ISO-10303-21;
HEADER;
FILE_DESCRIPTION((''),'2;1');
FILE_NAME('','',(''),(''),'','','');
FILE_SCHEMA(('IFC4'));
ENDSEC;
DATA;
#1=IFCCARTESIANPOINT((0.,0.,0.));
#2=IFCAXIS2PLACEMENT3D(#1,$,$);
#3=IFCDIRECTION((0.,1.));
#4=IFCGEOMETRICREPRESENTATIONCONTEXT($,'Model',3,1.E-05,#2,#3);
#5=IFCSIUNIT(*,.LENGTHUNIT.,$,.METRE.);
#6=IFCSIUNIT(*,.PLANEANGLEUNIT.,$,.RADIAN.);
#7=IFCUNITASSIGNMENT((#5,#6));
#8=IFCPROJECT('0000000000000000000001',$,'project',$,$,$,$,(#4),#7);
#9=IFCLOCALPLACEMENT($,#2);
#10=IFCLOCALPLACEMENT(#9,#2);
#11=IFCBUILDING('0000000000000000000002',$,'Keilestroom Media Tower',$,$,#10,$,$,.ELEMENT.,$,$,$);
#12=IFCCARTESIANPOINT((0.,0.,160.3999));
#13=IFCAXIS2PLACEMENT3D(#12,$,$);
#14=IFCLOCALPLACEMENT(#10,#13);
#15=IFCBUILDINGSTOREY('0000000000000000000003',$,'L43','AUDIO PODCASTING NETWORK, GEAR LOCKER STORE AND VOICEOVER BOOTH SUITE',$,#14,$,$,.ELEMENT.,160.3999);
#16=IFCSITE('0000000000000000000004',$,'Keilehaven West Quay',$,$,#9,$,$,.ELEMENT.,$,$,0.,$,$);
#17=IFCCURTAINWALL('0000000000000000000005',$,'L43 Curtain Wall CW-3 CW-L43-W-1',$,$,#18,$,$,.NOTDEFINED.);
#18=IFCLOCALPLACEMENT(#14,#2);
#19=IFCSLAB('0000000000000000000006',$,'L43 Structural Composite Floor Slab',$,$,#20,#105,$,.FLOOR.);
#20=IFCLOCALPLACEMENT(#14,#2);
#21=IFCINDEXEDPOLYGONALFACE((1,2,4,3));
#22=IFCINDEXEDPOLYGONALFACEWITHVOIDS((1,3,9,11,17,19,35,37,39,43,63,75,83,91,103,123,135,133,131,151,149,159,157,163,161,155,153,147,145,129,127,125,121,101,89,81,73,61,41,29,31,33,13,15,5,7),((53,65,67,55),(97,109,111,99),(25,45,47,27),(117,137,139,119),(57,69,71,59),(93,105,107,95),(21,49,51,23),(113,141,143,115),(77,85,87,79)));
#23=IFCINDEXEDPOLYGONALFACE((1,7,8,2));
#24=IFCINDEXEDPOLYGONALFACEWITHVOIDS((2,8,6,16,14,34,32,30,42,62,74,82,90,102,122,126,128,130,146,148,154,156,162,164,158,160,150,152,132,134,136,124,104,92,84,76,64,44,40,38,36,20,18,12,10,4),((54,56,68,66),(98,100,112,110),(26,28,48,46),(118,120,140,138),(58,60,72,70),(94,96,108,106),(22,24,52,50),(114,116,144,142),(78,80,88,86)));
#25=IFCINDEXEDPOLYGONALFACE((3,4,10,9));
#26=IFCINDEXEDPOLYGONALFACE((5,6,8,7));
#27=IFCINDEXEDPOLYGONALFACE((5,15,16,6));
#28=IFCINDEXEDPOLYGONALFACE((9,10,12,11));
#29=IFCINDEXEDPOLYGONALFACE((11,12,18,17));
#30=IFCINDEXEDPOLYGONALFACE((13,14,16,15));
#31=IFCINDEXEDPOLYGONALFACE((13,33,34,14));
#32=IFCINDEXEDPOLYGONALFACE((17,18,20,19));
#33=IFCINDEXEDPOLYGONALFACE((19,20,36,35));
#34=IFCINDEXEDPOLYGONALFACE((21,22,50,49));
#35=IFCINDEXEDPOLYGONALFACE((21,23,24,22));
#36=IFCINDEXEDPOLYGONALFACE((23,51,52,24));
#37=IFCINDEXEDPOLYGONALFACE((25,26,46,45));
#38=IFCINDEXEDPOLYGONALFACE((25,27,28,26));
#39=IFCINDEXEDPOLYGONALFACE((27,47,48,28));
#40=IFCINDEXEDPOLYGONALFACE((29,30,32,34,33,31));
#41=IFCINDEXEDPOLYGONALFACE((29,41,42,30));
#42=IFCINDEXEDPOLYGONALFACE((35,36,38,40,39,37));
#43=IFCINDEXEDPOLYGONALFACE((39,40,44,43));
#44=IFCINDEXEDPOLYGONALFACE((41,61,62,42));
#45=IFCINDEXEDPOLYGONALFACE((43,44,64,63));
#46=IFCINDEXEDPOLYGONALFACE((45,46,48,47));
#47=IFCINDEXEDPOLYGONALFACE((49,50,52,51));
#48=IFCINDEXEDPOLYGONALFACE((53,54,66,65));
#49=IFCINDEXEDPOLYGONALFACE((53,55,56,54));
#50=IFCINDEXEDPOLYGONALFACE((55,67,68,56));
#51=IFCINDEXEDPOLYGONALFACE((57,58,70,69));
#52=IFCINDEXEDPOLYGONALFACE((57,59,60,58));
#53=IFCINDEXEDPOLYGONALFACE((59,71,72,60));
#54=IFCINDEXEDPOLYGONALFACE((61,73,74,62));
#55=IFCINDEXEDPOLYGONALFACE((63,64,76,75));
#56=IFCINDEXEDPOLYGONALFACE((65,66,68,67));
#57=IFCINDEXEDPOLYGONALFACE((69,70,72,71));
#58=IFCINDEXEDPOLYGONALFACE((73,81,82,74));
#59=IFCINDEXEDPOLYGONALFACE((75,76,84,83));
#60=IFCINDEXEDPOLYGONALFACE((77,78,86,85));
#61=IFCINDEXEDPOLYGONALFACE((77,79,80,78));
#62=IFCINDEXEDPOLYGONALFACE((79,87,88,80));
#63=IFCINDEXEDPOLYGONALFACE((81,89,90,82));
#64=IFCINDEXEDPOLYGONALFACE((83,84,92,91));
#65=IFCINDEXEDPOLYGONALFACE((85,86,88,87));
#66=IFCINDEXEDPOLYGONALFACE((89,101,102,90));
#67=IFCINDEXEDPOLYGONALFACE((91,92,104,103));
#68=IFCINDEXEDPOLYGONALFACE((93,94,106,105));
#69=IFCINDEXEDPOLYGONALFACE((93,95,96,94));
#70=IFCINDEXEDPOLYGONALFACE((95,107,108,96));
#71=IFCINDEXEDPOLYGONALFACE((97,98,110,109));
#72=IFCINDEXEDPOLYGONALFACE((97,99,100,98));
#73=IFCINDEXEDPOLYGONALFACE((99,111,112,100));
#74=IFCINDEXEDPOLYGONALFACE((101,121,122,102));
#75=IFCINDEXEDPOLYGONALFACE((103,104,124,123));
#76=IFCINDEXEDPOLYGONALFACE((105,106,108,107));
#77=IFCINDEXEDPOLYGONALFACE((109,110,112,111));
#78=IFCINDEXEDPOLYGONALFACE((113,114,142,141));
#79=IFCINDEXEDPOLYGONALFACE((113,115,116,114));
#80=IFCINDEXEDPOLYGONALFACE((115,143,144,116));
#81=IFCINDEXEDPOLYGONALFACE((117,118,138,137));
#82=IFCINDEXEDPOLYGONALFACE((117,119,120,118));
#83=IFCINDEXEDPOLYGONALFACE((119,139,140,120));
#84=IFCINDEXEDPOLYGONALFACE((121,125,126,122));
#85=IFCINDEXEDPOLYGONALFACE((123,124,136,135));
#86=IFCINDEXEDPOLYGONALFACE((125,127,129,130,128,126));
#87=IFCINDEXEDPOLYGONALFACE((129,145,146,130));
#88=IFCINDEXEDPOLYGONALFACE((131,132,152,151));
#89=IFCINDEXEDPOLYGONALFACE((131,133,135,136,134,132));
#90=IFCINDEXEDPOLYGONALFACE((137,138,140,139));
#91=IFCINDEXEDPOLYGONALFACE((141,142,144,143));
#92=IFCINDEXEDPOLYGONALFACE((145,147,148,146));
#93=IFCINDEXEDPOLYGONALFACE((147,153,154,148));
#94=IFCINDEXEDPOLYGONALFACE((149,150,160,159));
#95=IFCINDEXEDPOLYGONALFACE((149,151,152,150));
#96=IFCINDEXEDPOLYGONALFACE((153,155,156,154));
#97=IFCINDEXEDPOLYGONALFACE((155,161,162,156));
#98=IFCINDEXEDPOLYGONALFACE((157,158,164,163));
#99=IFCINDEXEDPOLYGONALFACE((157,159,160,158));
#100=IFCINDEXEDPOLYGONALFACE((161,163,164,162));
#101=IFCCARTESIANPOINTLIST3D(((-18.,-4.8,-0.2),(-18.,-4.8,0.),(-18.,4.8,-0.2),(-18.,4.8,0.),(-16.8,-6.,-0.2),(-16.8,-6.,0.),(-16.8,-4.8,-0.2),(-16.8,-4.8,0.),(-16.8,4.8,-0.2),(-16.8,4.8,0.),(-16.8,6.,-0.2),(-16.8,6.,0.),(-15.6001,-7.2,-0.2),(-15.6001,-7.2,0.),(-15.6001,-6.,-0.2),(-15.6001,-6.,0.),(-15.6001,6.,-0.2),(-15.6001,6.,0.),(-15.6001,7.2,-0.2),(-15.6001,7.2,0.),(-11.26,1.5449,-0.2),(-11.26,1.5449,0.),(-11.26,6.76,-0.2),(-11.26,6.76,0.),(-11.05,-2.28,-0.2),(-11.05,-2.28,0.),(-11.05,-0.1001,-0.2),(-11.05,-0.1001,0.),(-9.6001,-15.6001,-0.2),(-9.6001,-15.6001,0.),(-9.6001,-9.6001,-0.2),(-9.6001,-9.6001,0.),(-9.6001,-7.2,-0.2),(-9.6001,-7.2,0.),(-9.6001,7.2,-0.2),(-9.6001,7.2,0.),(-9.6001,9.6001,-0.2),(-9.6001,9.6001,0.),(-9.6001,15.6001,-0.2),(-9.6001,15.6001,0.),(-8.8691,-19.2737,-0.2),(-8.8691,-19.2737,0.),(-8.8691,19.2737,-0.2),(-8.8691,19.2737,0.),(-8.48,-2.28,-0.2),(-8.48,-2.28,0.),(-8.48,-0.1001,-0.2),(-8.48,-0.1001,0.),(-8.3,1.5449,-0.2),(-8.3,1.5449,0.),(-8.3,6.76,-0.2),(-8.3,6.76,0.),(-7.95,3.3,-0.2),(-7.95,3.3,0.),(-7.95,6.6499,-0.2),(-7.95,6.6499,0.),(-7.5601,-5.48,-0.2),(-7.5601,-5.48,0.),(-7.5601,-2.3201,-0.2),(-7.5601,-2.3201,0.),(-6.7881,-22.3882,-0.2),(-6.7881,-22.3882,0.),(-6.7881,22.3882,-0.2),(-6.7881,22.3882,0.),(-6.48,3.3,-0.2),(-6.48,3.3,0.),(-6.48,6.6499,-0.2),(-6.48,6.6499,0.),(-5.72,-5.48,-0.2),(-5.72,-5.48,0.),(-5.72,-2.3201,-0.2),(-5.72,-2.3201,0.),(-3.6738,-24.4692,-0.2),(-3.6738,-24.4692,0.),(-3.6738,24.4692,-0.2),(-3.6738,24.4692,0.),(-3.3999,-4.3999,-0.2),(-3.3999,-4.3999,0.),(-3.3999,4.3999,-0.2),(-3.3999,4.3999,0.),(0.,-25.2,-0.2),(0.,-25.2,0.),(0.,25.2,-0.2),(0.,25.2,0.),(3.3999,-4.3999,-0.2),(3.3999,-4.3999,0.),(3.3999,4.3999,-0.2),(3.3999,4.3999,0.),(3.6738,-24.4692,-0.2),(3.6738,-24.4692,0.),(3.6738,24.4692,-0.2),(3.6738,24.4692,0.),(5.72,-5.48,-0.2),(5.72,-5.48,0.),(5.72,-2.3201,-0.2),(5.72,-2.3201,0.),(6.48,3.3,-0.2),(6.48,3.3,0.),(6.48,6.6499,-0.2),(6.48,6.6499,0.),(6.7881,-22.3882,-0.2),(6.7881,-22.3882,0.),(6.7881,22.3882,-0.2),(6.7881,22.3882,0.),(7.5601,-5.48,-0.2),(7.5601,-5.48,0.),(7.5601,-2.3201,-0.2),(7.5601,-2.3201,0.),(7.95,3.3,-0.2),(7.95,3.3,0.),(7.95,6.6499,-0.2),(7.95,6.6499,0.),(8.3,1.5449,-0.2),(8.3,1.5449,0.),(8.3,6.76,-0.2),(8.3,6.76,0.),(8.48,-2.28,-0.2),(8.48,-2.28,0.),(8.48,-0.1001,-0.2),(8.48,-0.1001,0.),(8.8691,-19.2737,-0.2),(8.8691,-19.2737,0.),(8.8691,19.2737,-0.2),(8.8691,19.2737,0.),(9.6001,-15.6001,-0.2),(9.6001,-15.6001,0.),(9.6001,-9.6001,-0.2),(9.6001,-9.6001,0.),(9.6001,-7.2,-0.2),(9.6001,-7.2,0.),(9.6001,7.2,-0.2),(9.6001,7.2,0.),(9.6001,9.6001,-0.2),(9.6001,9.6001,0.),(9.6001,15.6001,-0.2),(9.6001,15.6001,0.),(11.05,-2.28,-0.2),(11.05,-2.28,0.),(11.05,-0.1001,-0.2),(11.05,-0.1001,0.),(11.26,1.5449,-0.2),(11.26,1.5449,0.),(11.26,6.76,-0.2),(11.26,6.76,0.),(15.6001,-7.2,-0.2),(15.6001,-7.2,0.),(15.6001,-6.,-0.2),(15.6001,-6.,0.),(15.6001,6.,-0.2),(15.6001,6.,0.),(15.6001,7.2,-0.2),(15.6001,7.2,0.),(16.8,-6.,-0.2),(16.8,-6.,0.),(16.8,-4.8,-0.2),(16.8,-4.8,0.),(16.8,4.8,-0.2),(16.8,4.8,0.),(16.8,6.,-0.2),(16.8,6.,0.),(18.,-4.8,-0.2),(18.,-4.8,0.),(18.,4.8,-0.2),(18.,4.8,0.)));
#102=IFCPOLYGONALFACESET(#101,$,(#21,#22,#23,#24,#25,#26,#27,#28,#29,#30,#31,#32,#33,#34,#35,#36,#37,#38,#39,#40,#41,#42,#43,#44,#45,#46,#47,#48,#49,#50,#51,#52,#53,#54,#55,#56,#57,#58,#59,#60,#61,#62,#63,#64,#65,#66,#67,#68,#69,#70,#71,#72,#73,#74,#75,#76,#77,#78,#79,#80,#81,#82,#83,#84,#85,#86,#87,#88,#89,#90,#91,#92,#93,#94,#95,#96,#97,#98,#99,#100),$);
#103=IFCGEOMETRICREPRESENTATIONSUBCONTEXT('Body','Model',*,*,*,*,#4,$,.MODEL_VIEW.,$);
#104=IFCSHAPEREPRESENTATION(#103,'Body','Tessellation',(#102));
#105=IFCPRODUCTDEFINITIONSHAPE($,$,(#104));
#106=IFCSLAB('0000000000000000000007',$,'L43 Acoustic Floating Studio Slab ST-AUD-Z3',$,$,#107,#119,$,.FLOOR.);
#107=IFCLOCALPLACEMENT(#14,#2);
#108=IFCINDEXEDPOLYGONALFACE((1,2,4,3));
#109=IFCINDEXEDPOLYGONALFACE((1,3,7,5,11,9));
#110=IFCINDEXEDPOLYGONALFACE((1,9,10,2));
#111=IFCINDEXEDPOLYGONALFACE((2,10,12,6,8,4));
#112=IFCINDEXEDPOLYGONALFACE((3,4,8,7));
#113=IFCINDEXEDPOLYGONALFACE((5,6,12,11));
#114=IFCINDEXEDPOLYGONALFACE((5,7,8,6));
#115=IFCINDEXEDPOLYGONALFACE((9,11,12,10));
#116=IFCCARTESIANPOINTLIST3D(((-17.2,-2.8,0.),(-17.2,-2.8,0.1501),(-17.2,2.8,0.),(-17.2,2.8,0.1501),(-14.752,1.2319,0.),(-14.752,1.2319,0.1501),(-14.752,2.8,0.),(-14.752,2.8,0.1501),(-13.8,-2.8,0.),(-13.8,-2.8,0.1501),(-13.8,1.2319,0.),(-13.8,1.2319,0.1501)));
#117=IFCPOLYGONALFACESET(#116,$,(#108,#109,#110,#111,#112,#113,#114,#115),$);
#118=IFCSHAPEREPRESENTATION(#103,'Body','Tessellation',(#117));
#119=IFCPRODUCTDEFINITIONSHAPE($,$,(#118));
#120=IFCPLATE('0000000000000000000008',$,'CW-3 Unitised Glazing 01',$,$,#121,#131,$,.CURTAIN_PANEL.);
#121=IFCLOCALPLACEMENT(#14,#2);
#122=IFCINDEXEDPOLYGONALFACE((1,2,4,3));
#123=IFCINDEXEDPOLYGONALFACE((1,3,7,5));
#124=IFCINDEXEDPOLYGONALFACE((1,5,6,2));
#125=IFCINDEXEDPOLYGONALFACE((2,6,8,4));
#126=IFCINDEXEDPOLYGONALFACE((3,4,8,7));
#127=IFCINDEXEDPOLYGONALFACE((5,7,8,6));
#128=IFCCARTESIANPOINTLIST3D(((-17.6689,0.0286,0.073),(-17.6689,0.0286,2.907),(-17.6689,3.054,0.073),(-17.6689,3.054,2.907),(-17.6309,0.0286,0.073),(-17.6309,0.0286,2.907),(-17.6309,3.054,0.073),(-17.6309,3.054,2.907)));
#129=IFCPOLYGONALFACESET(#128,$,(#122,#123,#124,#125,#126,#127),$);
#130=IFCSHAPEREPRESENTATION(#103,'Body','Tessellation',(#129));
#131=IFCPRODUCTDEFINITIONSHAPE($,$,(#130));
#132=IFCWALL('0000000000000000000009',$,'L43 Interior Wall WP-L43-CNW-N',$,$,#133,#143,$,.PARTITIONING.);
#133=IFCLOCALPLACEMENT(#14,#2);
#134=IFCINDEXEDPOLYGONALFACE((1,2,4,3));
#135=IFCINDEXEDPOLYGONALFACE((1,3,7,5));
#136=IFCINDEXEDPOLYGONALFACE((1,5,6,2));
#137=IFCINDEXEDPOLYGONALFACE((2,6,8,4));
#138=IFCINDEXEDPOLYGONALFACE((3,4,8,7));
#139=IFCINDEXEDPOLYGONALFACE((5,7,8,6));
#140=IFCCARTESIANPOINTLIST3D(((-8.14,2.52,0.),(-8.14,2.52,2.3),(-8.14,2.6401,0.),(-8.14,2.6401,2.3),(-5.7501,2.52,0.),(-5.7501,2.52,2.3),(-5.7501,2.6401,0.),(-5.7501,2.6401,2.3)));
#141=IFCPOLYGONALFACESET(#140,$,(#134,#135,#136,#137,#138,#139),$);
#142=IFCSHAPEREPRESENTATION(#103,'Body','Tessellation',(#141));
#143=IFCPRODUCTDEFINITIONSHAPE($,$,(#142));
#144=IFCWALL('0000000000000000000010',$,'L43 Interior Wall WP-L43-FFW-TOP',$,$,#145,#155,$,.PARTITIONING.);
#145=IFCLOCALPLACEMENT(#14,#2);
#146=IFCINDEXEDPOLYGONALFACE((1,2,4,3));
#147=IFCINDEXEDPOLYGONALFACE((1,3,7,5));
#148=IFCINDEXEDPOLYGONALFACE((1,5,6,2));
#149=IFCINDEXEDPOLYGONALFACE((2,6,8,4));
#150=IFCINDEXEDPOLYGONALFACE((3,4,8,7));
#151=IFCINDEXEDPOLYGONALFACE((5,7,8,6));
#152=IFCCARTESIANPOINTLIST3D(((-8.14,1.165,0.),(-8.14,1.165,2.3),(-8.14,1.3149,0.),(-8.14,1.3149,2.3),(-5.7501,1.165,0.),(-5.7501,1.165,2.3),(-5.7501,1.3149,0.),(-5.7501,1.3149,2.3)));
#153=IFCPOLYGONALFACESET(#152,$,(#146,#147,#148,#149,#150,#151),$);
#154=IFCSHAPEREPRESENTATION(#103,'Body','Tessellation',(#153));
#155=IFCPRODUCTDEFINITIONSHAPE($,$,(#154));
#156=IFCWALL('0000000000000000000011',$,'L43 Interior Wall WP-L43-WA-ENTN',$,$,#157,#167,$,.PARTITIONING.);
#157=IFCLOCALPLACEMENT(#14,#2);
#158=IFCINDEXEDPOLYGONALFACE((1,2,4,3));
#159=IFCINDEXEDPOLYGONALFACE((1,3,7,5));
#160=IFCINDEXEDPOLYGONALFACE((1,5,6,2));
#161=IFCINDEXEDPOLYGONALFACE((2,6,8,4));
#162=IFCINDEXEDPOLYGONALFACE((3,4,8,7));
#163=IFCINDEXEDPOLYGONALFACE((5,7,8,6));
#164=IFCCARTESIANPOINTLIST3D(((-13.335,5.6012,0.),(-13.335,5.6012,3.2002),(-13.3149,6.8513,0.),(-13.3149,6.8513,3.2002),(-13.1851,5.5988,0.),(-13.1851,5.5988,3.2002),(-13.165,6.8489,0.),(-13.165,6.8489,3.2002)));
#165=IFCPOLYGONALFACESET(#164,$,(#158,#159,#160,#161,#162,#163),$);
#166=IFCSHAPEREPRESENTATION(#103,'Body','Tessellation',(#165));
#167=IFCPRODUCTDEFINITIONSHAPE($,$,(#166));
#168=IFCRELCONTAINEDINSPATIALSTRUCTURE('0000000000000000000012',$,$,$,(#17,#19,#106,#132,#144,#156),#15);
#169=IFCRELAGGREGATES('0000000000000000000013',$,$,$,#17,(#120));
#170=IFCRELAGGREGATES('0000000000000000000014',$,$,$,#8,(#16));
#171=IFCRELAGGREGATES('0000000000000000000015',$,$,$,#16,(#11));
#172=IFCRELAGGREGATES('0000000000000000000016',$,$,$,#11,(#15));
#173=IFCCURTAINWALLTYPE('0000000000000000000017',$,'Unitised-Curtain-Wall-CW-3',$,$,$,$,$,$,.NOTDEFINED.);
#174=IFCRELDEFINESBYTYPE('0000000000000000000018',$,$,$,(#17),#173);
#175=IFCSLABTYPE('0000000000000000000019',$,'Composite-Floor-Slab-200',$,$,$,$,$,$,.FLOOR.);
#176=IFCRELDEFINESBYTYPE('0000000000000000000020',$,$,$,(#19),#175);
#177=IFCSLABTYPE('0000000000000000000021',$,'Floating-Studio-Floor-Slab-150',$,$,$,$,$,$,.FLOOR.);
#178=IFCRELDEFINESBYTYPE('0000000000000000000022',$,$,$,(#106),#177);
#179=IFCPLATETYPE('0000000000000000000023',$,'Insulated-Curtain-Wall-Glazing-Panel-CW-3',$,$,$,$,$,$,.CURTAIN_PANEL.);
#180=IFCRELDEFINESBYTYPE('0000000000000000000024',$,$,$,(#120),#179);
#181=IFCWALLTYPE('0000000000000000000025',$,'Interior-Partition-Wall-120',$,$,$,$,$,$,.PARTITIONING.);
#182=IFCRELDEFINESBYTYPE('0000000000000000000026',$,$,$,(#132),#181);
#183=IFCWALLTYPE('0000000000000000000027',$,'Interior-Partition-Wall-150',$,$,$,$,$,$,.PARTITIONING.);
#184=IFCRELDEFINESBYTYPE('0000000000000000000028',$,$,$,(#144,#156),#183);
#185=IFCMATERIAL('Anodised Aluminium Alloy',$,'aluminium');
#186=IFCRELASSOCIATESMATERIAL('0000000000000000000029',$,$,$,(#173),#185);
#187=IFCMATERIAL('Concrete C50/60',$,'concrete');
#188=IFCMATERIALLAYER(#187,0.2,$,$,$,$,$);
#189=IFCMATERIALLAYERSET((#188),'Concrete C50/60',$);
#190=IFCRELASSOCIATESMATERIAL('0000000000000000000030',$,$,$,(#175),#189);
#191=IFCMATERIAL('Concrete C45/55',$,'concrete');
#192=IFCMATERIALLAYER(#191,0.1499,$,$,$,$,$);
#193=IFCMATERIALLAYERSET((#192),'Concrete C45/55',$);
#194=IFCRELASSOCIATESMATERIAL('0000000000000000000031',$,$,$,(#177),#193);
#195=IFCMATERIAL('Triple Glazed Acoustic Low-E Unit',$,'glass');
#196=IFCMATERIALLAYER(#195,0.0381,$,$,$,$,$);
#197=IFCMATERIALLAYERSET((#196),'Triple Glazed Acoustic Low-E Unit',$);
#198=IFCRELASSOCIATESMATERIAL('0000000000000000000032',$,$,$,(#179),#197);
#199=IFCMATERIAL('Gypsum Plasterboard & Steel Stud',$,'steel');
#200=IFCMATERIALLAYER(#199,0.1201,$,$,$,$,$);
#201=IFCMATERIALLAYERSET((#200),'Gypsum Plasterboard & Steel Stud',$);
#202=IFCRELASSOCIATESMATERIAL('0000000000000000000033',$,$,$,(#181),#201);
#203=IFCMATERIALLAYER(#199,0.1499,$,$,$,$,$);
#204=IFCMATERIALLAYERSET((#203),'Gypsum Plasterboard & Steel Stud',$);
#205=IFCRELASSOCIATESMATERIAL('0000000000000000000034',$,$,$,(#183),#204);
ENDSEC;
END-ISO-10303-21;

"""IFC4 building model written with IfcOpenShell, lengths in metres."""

from ifc_helpers import new_model, si_unit, direction, frame, frame_2d, origin, origin_2d, place, context, subcontext, project, spatial, polyline, rectangle, outline, extrude, source, transform, mapped, material, layer, layer_set, type_object, element, aggregate, save


model = new_model("IFC4")

# Units and contexts
model_context = context("Model", 3, precision=1e-05, world=origin(), true_north=direction((0.0, 1.0)))
body_context = subcontext(model_context, "Body", "Model", "MODEL_VIEW")
ifc_project = project(units=[si_unit("LENGTHUNIT", "METRE"), si_unit("PLANEANGLEUNIT", "RADIAN")], contexts=[model_context])

# Site, building, storey
site_placement = place(None, origin())
site = spatial("IfcSite", under=ifc_project, at=site_placement, Name="Keilehaven West Quay", CompositionType="ELEMENT", RefElevation=0.0)
building_placement = place(site_placement, origin())
building = spatial("IfcBuilding", under=site, at=building_placement, Name="Keilestroom Media Tower", CompositionType="ELEMENT")
storey_placement = place(building_placement, frame((0.0, 0.0, 160.3999)))
storey = spatial("IfcBuildingStorey", under=building, at=storey_placement, Name="L43", Description="AUDIO PODCASTING NETWORK, GEAR LOCKER STORE AND VOICEOVER BOOTH SUITE", CompositionType="ELEMENT", Elevation=160.3999)

# Curtain wall
ifc_material_1 = material(Name="Anodised Aluminium Alloy", Category="aluminium")
curtain_wall_type = type_object("IfcCurtainWallType", Name="Unitised-Curtain-Wall-CW-3", PredefinedType="NOTDEFINED", material=ifc_material_1)
curtain_wall_placement = place(storey_placement, origin())
curtain_wall = element("IfcCurtainWall", 1, at=curtain_wall_placement, inside=storey, type_object=curtain_wall_type, Name="L43 Curtain Wall CW-3 CW-L43-W-1", PredefinedType="NOTDEFINED")

# Slabs
ifc_material_2 = material(Name="Concrete C50/60", Category="concrete")
ifc_layer_1 = layer(ifc_material_2, 0.2)
ifc_layer_set_1 = layer_set([ifc_layer_1], Name="Concrete C50/60")
slab_type_1 = type_object("IfcSlabType", Name="Composite-Floor-Slab-200", PredefinedType="FLOOR", material=ifc_layer_set_1)
slab_1_placement = place(storey_placement, frame((0.0, 0.0, -0.2)))
element("IfcSlab", 2, at=slab_1_placement, inside=storey, type_object=slab_type_1, Name="L43 Structural Composite Floor Slab", PredefinedType="FLOOR", context=body_context, shape_type="SweptSolid", body=[
    extrude(outline(polyline([(18.0, -4.8), (18.0, 4.8), (16.8, 4.8), (16.8, 6.0), (15.6001, 6.0), (15.6001, 7.2), (9.6001, 7.2), (9.6001, 9.6001), (9.6001, 15.6001), (8.8691, 19.2737), (6.7881, 22.3882), (3.6738, 24.4692), (0.0, 25.2), (-3.6738, 24.4692), (-6.7881, 22.3882), (-8.8691, 19.2737), (-9.6001, 15.6001), (-9.6001, 9.6001), (-9.6001, 7.2), (-15.6001, 7.2), (-15.6001, 6.0), (-16.8, 6.0), (-16.8, 4.8), (-18.0, 4.8), (-18.0, -4.8), (-16.8, -4.8), (-16.8, -6.0), (-15.6001, -6.0), (-15.6001, -7.2), (-9.6001, -7.2), (-9.6001, -9.6001), (-9.6001, -15.6001), (-8.8691, -19.2737), (-6.7881, -22.3882), (-3.6738, -24.4692), (0.0, -25.2), (3.6738, -24.4692), (6.7881, -22.3882), (8.8691, -19.2737), (9.6001, -15.6001), (9.6001, -9.6001), (9.6001, -7.2), (15.6001, -7.2), (15.6001, -6.0), (16.8, -6.0), (16.8, -4.8), (18.0, -4.8)]), holes=[polyline([(-11.26, 1.5449), (-11.26, 6.76), (-8.3, 6.76), (-8.3, 1.5449), (-11.26, 1.5449)]), polyline([(-11.05, -2.28), (-11.05, -0.1001), (-8.48, -0.1001), (-8.48, -2.28), (-11.05, -2.28)]), polyline([(-7.95, 3.3), (-7.95, 6.6499), (-6.48, 6.6499), (-6.48, 3.3), (-7.95, 3.3)]), polyline([(-7.5601, -2.3201), (-5.72, -2.3201), (-5.72, -5.48), (-7.5601, -5.48), (-7.5601, -2.3201)]), polyline([(3.3999, -4.3999), (-3.3999, -4.3999), (-3.3999, 4.3999), (3.3999, 4.3999), (3.3999, -4.3999)]), polyline([(7.5601, -2.3201), (7.5601, -5.48), (5.72, -5.48), (5.72, -2.3201), (7.5601, -2.3201)]), polyline([(6.48, 3.3), (6.48, 6.6499), (7.95, 6.6499), (7.95, 3.3), (6.48, 3.3)]), polyline([(8.3, 1.5449), (8.3, 6.76), (11.26, 6.76), (11.26, 1.5449), (8.3, 1.5449)]), polyline([(8.48, -2.28), (8.48, -0.1001), (11.05, -0.1001), (11.05, -2.28), (8.48, -2.28)])]), origin(), (0.0, 0.0, 1.0), 0.2),
])
ifc_material_3 = material(Name="Concrete C45/55", Category="concrete")
ifc_layer_2 = layer(ifc_material_3, 0.1499)
ifc_layer_set_2 = layer_set([ifc_layer_2], Name="Concrete C45/55")
slab_type_2 = type_object("IfcSlabType", Name="Floating-Studio-Floor-Slab-150", PredefinedType="FLOOR", material=ifc_layer_set_2)
slab_2_placement = place(storey_placement, origin())
element("IfcSlab", 3, at=slab_2_placement, inside=storey, type_object=slab_type_2, Name="L43 Acoustic Floating Studio Slab ST-AUD-Z3", PredefinedType="FLOOR", context=body_context, shape_type="SweptSolid", body=[
    extrude(outline(polyline([(-17.2, -2.8), (-13.8, -2.8), (-13.8, 1.2319), (-14.752, 1.2319), (-14.752, 2.8), (-17.2, 2.8), (-17.2, -2.8)])), origin(), (0.0, 0.0, 1.0), 0.1501),
])

# Plate
ifc_material_4 = material(Name="Triple Glazed Acoustic Low-E Unit", Category="glass")
ifc_layer_3 = layer(ifc_material_4, 0.0381)
ifc_layer_set_3 = layer_set([ifc_layer_3], Name="Triple Glazed Acoustic Low-E Unit")
plate_type = type_object("IfcPlateType", Name="Insulated-Curtain-Wall-Glazing-Panel-CW-3", PredefinedType="CURTAIN_PANEL", material=ifc_layer_set_3)
shared_shape_1 = source(origin(), body_context, "Body", "SweptSolid", [
    extrude(rectangle(XDim=3.0254, YDim=0.0381, at=origin_2d()), origin(), (0.0, 0.0, 1.0), 2.834),
])
plate_placement = place(storey_placement, frame((-17.6499, 1.5413, 0.073), z_axis=(0.0, 0.0, 1.0), x_axis=(0.0, 1.0, 0.0)))
plate = element("IfcPlate", 4, at=plate_placement, type_object=plate_type, Name="CW-3 Unitised Glazing 01", PredefinedType="CURTAIN_PANEL", context=body_context, shape_type="MappedRepresentation", body=[
    mapped(shared_shape_1, transform((0.0, 0.0, 0.0), x_axis=(1.0, 0.0, 0.0), y_axis=(0.0, 1.0, 0.0), z_axis=(0.0, 0.0, 1.0), scale=1.0)),
])
aggregate(curtain_wall, [plate])

# Walls
ifc_material_5 = material(Name="Gypsum Plasterboard & Steel Stud", Category="steel")
ifc_layer_4 = layer(ifc_material_5, 0.1201)
ifc_layer_set_4 = layer_set([ifc_layer_4], Name="Gypsum Plasterboard & Steel Stud")
wall_type_1 = type_object("IfcWallType", Name="Interior-Partition-Wall-120", PredefinedType="PARTITIONING", material=ifc_layer_set_4)
wall_1_placement = place(storey_placement, frame((-8.1399, 2.5801, 0.0), z_axis=(0.0, 0.0, 1.0), x_axis=(1.0, 0.0, 0.0)))
element("IfcWall", 5, at=wall_1_placement, inside=storey, type_object=wall_type_1, Name="L43 Interior Wall WP-L43-CNW-N", PredefinedType="PARTITIONING", context=body_context, shape_type="SweptSolid", body=[
    extrude(rectangle(XDim=2.3899, YDim=0.1201, at=frame_2d((1.1948, 0.0))), origin(), (0.0, 0.0, 1.0), 2.3),
])
ifc_layer_5 = layer(ifc_material_5, 0.1499)
ifc_layer_set_5 = layer_set([ifc_layer_5], Name="Gypsum Plasterboard & Steel Stud")
wall_type_2 = type_object("IfcWallType", Name="Interior-Partition-Wall-150", PredefinedType="PARTITIONING", material=ifc_layer_set_5)
wall_2_placement = place(storey_placement, frame((-8.1399, 1.24, 0.0), z_axis=(0.0, 0.0, 1.0), x_axis=(1.0, 0.0, 0.0)))
element("IfcWall", 6, at=wall_2_placement, inside=storey, type_object=wall_type_2, Name="L43 Interior Wall WP-L43-FFW-TOP", PredefinedType="PARTITIONING", context=body_context, shape_type="SweptSolid", body=[
    extrude(rectangle(XDim=2.3899, YDim=0.1499, at=frame_2d((1.1948, 0.0))), origin(), (0.0, 0.0, 1.0), 2.3),
])
wall_3_placement = place(storey_placement, frame((-13.26, 5.6001, 0.0), z_axis=(0.0, 0.0, 1.0), x_axis=(0.016014, 0.999872, 0.0)))
element("IfcWall", 7, at=wall_3_placement, inside=storey, type_object=wall_type_2, Name="L43 Interior Wall WP-L43-WA-ENTN", PredefinedType="PARTITIONING", context=body_context, shape_type="SweptSolid", body=[
    extrude(rectangle(XDim=1.2502, YDim=0.1499, at=frame_2d((0.625, 0.0))), origin(), (0.0, 0.0, 1.0), 3.2002),
])

save(model, "model.ifc")
